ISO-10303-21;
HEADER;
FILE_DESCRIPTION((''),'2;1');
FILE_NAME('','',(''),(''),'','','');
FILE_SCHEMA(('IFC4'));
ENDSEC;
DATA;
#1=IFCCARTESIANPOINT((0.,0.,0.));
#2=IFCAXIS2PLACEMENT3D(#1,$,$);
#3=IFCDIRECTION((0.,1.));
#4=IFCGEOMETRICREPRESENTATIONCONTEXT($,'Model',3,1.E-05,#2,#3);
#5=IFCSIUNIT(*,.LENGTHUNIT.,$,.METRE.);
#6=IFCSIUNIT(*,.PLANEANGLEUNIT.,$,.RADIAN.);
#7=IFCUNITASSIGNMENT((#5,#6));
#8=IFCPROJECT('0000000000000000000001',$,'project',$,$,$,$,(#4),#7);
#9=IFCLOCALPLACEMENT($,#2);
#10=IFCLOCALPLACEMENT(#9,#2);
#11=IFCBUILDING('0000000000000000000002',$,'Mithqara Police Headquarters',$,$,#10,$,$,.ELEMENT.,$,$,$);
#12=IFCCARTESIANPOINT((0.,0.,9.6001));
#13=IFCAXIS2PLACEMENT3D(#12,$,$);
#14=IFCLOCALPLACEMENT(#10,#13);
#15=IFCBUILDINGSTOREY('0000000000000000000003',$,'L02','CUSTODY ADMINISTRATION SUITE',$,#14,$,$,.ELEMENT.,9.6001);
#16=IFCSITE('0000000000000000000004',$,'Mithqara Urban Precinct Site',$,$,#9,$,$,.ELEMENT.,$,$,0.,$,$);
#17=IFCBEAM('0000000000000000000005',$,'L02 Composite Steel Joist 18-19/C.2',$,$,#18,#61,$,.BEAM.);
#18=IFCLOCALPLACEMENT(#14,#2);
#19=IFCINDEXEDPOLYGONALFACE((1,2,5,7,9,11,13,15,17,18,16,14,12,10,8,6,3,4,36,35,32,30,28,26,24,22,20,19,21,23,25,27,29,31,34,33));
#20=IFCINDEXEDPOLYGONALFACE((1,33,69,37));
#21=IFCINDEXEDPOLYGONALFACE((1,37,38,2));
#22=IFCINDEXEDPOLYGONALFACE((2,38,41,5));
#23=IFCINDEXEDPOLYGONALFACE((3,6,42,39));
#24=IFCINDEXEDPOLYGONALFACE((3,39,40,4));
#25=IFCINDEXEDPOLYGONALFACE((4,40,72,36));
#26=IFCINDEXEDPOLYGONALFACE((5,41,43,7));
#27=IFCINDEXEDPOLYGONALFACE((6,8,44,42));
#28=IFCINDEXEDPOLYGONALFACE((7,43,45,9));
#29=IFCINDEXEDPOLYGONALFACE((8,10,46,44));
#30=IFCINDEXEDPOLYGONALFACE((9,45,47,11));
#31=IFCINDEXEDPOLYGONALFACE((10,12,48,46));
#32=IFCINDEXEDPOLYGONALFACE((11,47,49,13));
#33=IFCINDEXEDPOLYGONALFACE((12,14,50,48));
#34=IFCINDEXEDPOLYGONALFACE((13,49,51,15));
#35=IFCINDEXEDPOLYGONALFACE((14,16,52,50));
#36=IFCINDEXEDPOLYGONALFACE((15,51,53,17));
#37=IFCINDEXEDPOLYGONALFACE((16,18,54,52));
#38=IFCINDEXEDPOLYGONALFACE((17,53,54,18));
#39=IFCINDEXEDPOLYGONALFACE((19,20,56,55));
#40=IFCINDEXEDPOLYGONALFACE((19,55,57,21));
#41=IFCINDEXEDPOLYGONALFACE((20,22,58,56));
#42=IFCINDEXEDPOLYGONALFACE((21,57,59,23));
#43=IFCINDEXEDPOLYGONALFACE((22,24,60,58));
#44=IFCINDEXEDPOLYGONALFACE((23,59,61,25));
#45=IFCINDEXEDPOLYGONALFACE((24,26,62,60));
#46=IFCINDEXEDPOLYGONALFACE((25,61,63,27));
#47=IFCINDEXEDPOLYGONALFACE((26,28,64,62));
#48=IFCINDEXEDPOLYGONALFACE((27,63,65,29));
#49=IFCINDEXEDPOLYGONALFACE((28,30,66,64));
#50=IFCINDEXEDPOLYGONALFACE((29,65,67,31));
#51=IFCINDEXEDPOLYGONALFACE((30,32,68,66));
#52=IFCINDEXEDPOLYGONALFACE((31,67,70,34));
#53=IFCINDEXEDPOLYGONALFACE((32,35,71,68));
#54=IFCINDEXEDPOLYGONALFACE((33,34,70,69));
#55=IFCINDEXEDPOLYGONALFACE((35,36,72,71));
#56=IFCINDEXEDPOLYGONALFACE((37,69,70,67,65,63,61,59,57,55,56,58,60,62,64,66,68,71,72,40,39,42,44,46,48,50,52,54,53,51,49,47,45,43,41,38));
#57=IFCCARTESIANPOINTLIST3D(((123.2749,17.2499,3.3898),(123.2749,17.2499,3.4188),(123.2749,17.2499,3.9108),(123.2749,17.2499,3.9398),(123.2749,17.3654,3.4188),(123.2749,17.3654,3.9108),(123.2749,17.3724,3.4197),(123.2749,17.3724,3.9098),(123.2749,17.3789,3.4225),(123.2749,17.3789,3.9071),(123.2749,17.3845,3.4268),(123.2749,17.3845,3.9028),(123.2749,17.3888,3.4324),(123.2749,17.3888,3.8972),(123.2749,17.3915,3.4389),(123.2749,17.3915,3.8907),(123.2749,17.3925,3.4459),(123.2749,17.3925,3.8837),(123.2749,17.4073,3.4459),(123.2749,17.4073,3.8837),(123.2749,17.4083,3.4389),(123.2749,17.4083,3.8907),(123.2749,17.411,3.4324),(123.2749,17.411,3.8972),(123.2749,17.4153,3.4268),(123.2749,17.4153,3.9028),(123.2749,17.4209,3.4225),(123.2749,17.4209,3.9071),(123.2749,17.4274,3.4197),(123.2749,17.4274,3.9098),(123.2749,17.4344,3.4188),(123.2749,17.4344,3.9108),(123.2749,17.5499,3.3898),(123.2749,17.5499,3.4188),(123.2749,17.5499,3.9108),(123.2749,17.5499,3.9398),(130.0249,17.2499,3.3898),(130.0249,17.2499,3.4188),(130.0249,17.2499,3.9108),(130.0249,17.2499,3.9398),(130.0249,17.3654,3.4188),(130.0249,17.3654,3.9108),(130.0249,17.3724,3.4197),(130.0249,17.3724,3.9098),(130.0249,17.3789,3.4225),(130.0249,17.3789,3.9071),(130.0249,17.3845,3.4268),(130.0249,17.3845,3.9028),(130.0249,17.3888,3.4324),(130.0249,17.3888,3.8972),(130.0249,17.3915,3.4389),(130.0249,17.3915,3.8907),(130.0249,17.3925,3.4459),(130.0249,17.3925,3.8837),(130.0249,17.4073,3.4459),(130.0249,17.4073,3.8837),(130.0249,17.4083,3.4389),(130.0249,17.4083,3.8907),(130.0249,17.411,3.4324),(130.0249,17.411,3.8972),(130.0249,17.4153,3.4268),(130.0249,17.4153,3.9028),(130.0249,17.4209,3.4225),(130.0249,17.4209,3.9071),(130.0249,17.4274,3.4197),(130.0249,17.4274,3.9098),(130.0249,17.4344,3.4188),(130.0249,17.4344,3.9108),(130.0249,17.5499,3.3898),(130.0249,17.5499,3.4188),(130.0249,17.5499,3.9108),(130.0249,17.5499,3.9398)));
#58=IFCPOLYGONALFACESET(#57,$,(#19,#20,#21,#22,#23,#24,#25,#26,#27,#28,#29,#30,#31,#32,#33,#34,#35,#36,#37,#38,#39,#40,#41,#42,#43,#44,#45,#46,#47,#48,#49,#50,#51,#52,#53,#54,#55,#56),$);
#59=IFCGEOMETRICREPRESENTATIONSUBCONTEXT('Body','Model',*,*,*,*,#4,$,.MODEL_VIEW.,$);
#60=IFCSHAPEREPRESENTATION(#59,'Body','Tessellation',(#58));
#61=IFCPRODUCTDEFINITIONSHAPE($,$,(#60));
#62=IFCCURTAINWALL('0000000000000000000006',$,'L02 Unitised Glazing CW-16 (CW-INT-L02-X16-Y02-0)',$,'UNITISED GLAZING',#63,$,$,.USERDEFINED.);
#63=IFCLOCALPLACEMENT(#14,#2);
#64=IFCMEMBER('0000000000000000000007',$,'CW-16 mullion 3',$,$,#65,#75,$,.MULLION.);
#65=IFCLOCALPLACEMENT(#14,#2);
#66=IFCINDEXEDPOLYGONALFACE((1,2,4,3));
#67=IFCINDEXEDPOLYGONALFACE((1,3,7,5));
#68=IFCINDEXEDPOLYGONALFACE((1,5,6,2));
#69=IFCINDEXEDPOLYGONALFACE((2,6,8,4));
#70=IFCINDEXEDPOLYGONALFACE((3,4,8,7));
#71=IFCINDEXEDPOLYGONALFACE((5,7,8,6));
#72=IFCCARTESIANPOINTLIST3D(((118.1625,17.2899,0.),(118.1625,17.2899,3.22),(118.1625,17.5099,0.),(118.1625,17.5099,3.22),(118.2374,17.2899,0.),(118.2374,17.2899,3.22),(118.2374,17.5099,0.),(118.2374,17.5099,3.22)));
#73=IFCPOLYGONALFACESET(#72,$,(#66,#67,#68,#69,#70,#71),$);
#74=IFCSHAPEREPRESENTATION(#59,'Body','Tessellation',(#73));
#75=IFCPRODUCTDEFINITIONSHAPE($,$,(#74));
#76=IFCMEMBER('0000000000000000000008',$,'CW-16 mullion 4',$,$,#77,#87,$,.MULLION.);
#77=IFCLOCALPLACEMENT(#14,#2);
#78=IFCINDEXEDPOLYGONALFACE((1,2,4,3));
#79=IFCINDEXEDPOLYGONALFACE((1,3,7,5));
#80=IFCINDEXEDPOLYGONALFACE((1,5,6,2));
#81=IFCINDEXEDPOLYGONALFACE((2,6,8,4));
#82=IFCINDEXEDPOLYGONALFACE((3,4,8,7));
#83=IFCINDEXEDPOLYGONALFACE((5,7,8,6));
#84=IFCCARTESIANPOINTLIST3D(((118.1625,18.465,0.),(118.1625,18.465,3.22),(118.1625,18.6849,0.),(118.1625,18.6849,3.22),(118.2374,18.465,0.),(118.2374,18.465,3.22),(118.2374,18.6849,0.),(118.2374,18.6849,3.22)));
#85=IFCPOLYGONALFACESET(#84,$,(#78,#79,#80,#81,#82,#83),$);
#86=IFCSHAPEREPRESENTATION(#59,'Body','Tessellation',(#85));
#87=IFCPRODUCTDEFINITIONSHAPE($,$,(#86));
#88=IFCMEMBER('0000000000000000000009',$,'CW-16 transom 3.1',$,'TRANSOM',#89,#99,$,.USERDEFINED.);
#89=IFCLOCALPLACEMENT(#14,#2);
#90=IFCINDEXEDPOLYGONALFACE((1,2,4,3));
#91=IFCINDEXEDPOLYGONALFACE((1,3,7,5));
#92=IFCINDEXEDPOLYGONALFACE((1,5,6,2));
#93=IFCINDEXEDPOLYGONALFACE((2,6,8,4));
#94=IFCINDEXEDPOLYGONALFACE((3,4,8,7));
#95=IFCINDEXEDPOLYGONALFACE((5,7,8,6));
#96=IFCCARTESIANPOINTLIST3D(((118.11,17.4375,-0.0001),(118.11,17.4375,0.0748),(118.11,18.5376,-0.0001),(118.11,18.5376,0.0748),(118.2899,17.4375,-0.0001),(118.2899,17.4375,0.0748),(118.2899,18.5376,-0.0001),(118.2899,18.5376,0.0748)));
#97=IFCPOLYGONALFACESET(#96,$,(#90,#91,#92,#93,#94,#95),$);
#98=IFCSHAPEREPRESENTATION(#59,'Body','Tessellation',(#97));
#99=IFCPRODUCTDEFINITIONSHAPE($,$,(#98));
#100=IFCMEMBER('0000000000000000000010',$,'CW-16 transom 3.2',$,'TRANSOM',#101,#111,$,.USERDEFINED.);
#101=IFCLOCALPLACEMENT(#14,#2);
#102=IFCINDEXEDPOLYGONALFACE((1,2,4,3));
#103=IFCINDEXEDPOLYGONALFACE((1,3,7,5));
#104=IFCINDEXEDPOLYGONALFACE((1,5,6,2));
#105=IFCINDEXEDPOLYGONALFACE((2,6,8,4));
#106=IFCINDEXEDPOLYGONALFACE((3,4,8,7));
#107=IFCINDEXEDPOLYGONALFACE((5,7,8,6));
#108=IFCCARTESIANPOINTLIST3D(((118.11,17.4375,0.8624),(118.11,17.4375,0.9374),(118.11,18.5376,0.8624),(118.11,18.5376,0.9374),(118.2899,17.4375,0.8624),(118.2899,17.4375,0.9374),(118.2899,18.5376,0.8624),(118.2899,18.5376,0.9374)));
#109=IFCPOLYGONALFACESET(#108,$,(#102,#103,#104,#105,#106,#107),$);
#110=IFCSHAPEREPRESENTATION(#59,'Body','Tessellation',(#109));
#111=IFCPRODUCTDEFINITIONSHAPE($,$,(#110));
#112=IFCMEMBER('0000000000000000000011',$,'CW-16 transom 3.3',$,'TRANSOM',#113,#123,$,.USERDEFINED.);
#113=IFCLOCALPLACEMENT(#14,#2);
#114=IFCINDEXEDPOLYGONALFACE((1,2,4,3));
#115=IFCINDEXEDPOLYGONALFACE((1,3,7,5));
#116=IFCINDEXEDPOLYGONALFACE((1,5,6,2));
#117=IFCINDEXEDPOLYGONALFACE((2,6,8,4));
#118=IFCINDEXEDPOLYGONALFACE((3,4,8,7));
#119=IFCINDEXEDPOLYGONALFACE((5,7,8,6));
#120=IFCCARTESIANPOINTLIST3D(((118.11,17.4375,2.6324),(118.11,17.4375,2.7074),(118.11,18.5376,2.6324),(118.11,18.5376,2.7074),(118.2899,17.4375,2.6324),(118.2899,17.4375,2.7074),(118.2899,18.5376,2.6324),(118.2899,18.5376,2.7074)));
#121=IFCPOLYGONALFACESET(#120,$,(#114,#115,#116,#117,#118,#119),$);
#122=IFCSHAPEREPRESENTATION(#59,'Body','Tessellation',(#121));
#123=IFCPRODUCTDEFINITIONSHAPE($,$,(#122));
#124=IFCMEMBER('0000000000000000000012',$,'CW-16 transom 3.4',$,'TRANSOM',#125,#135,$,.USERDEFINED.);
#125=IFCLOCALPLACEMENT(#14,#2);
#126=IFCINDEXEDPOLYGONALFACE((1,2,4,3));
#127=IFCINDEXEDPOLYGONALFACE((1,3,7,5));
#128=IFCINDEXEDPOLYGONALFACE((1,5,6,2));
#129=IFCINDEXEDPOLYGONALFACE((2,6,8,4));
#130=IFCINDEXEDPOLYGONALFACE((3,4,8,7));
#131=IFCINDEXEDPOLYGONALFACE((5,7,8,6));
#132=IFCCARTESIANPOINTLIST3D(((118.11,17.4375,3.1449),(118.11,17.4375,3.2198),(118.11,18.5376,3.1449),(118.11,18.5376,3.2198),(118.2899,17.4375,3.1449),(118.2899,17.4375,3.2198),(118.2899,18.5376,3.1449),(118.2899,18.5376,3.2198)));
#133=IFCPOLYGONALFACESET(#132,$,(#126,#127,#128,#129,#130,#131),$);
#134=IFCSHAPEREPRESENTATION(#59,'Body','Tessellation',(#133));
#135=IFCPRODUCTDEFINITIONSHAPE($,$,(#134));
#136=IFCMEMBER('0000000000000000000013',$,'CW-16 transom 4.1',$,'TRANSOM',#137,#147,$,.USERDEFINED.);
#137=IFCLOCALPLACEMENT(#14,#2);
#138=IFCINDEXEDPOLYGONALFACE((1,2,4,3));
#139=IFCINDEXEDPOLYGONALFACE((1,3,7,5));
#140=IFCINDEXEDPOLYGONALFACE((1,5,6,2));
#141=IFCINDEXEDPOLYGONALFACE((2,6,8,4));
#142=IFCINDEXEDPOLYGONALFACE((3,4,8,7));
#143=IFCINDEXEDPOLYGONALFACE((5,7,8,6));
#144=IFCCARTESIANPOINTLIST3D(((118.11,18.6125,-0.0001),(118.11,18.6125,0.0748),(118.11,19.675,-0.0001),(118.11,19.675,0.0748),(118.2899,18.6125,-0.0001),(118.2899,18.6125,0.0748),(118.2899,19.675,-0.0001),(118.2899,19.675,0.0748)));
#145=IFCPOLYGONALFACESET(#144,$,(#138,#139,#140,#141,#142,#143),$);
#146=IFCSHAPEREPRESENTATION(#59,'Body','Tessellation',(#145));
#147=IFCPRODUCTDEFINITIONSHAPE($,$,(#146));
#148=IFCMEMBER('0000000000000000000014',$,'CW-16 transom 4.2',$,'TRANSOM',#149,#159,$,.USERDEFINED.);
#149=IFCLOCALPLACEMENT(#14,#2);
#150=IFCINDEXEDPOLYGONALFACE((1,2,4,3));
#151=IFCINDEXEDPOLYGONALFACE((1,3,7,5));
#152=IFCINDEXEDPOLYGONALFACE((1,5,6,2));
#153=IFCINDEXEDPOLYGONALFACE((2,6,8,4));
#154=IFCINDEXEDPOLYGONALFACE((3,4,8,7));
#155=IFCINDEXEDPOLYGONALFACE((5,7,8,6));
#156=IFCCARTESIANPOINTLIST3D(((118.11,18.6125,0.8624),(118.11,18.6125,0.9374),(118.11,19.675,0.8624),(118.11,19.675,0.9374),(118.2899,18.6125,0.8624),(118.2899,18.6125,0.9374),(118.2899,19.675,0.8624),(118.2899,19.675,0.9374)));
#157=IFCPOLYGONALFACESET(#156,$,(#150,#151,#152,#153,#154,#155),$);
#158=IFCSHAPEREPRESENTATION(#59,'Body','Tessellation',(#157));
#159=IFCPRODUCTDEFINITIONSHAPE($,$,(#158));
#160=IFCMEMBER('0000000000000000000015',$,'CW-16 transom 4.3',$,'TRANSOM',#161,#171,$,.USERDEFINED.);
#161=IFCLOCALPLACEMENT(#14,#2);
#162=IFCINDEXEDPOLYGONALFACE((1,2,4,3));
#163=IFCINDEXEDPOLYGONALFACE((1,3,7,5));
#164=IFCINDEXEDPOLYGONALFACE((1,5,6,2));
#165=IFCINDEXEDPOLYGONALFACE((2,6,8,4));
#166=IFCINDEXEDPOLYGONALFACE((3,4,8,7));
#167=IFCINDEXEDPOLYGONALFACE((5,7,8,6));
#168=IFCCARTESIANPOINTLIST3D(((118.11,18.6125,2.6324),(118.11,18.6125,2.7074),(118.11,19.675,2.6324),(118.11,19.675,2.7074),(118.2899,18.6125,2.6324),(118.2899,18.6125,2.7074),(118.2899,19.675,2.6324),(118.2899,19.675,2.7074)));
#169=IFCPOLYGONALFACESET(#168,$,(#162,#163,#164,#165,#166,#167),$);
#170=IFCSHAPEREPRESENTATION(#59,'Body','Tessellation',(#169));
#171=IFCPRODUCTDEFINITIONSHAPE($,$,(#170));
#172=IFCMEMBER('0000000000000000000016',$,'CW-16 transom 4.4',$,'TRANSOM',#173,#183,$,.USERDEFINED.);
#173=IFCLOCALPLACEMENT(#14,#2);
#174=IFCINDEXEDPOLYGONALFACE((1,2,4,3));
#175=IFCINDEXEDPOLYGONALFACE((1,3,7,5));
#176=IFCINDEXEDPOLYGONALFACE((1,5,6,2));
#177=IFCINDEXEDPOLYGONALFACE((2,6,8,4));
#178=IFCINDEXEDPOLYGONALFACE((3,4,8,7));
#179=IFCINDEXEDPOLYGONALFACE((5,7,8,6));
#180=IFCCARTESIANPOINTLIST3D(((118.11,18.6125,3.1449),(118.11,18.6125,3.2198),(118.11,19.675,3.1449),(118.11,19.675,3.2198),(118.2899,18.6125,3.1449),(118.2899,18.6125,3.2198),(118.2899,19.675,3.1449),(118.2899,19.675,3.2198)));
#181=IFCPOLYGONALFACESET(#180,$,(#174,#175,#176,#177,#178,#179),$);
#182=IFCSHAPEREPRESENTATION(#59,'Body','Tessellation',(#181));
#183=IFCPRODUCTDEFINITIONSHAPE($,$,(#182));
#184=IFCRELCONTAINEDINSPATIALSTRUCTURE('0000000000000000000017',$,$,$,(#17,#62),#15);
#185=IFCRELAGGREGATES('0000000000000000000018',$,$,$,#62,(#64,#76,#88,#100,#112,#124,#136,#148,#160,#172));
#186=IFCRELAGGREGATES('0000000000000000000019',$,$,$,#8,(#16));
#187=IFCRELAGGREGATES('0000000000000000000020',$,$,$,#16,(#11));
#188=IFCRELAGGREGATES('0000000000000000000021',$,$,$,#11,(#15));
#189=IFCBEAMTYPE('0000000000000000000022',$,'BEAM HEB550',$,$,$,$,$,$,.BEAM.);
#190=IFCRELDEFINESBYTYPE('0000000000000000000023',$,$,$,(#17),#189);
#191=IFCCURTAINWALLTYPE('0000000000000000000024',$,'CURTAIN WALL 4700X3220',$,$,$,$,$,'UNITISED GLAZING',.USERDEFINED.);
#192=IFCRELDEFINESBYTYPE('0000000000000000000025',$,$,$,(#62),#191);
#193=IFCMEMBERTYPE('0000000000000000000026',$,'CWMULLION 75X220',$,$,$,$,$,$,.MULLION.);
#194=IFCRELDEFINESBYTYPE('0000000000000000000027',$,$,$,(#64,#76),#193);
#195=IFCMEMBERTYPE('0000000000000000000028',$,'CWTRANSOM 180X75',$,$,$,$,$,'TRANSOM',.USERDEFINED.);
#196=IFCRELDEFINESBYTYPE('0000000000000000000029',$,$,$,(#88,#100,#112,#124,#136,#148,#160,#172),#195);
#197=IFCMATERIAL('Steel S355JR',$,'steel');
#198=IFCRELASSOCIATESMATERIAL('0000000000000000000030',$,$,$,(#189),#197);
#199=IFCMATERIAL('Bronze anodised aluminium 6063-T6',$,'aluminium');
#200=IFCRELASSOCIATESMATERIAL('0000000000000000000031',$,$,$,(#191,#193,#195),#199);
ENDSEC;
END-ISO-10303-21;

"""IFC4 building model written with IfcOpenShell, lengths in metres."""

from ifc_helpers import new_model, si_unit, direction, frame, origin, origin_2d, place, context, subcontext, project, spatial, rectangle, i_section, extrude, material, material_profile, profile_set, type_object, element, aggregate, save


model = new_model("IFC4")

# Units and contexts
model_context = context("Model", 3, precision=1e-05, world=origin(), true_north=direction((0.0, 1.0)))
body_context = subcontext(model_context, "Body", "Model", "MODEL_VIEW")
ifc_project = project(units=[si_unit("LENGTHUNIT", "METRE"), si_unit("PLANEANGLEUNIT", "RADIAN")], contexts=[model_context])

# Site, building, storey
site_placement = place(None, origin())
site = spatial("IfcSite", under=ifc_project, at=site_placement, Name="Mithqara Urban Precinct Site", CompositionType="ELEMENT", RefElevation=0.0)
building_placement = place(site_placement, origin())
building = spatial("IfcBuilding", under=site, at=building_placement, Name="Mithqara Police Headquarters", CompositionType="ELEMENT")
storey_placement = place(building_placement, frame((0.0, 0.0, 9.6001)))
storey = spatial("IfcBuildingStorey", under=building, at=storey_placement, Name="L02", Description="CUSTODY ADMINISTRATION SUITE", CompositionType="ELEMENT", Elevation=9.6001)

# Beam
ifc_material_1 = material(Name="Steel S355JR", Category="steel")
ifc_material_profile_1 = material_profile(ifc_material_1, i_section(OverallWidth=0.3, OverallDepth=0.55, WebThickness=0.0149, FlangeThickness=0.0291, FilletRadius=0.0271, at=origin_2d()), Name="HEB 550")
ifc_profile_set_1 = profile_set([ifc_material_profile_1], Name="Steel S355JR")
beam_type = type_object("IfcBeamType", Name="BEAM HEB550", PredefinedType="BEAM", material=ifc_profile_set_1)
beam_placement = place(storey_placement, frame((123.2749, 17.3999, 3.6648), z_axis=(1.0, 0.0, 0.0), x_axis=(0.0, 1.0, 0.0)))
element("IfcBeam", 1, at=beam_placement, inside=storey, type_object=beam_type, Name="L02 Composite Steel Joist 18-19/C.2", PredefinedType="BEAM", context=body_context, shape_type="SweptSolid", body=[
    extrude(i_section(OverallWidth=0.3, OverallDepth=0.55, WebThickness=0.0149, FlangeThickness=0.0291, FilletRadius=0.0271, at=origin_2d()), origin(), (0.0, 0.0, 1.0), 6.75),
])

# Curtain wall, members
ifc_material_2 = material(Name="Bronze anodised aluminium 6063-T6", Category="aluminium")
curtain_wall_type = type_object("IfcCurtainWallType", Name="CURTAIN WALL 4700X3220", ElementType="UNITISED GLAZING", PredefinedType="USERDEFINED", material=ifc_material_2)
curtain_wall_placement = place(storey_placement, origin())
curtain_wall = element("IfcCurtainWall", 2, at=curtain_wall_placement, inside=storey, type_object=curtain_wall_type, Name="L02 Unitised Glazing CW-16 (CW-INT-L02-X16-Y02-0)", ObjectType="UNITISED GLAZING", PredefinedType="USERDEFINED")
ifc_material_profile_2 = material_profile(ifc_material_2, rectangle(XDim=0.075, YDim=0.22, at=origin_2d()), Name="CWM 75x220")
ifc_profile_set_2 = profile_set([ifc_material_profile_2], Name="Bronze anodised aluminium 6063-T6")
member_type_1 = type_object("IfcMemberType", Name="CWMULLION 75X220", PredefinedType="MULLION", material=ifc_profile_set_2)
member_1_placement = place(storey_placement, frame((118.2, 17.3999, 0.0), z_axis=(0.0, 0.0, 1.0), x_axis=(-1.0, 0.0, 0.0)))
member_1 = element("IfcMember", 3, at=member_1_placement, type_object=member_type_1, Name="CW-16 mullion 3", PredefinedType="MULLION", context=body_context, shape_type="SweptSolid", body=[
    extrude(rectangle(XDim=0.075, YDim=0.22, at=origin_2d()), origin(), (0.0, 0.0, 1.0), 3.22),
])
member_2_placement = place(storey_placement, frame((118.2, 18.575, 0.0), z_axis=(0.0, 0.0, 1.0), x_axis=(-1.0, 0.0, 0.0)))
member_2 = element("IfcMember", 4, at=member_2_placement, type_object=member_type_1, Name="CW-16 mullion 4", PredefinedType="MULLION", context=body_context, shape_type="SweptSolid", body=[
    extrude(rectangle(XDim=0.075, YDim=0.22, at=origin_2d()), origin(), (0.0, 0.0, 1.0), 3.22),
])
ifc_material_profile_3 = material_profile(ifc_material_2, rectangle(XDim=0.1799, YDim=0.075, at=origin_2d()), Name="CWT 180x75")
ifc_profile_set_3 = profile_set([ifc_material_profile_3], Name="Bronze anodised aluminium 6063-T6")
member_type_2 = type_object("IfcMemberType", Name="CWTRANSOM 180X75", ElementType="TRANSOM", PredefinedType="USERDEFINED", material=ifc_profile_set_3)
member_3_placement = place(storey_placement, frame((118.2, 17.4375, 0.0374), z_axis=(0.0, 1.0, 0.0), x_axis=(-1.0, 0.0, 0.0)))
member_3 = element("IfcMember", 5, at=member_3_placement, type_object=member_type_2, Name="CW-16 transom 3.1", ObjectType="TRANSOM", PredefinedType="USERDEFINED", context=body_context, shape_type="SweptSolid", body=[
    extrude(rectangle(XDim=0.1799, YDim=0.075, at=origin_2d()), origin(), (0.0, 0.0, 1.0), 1.1001),
])
member_4_placement = place(storey_placement, frame((118.2, 17.4375, 0.8999), z_axis=(0.0, 1.0, 0.0), x_axis=(-1.0, 0.0, 0.0)))
member_4 = element("IfcMember", 6, at=member_4_placement, type_object=member_type_2, Name="CW-16 transom 3.2", ObjectType="TRANSOM", PredefinedType="USERDEFINED", context=body_context, shape_type="SweptSolid", body=[
    extrude(rectangle(XDim=0.1799, YDim=0.075, at=origin_2d()), origin(), (0.0, 0.0, 1.0), 1.1001),
])
member_5_placement = place(storey_placement, frame((118.2, 17.4375, 2.6699), z_axis=(0.0, 1.0, 0.0), x_axis=(-1.0, 0.0, 0.0)))
member_5 = element("IfcMember", 7, at=member_5_placement, type_object=member_type_2, Name="CW-16 transom 3.3", ObjectType="TRANSOM", PredefinedType="USERDEFINED", context=body_context, shape_type="SweptSolid", body=[
    extrude(rectangle(XDim=0.1799, YDim=0.075, at=origin_2d()), origin(), (0.0, 0.0, 1.0), 1.1001),
])
member_6_placement = place(storey_placement, frame((118.2, 17.4375, 3.1824), z_axis=(0.0, 1.0, 0.0), x_axis=(-1.0, 0.0, 0.0)))
member_6 = element("IfcMember", 8, at=member_6_placement, type_object=member_type_2, Name="CW-16 transom 3.4", ObjectType="TRANSOM", PredefinedType="USERDEFINED", context=body_context, shape_type="SweptSolid", body=[
    extrude(rectangle(XDim=0.1799, YDim=0.075, at=origin_2d()), origin(), (0.0, 0.0, 1.0), 1.1001),
])
member_7_placement = place(storey_placement, frame((118.2, 18.6125, 0.0374), z_axis=(0.0, 1.0, 0.0), x_axis=(-1.0, 0.0, 0.0)))
member_7 = element("IfcMember", 9, at=member_7_placement, type_object=member_type_2, Name="CW-16 transom 4.1", ObjectType="TRANSOM", PredefinedType="USERDEFINED", context=body_context, shape_type="SweptSolid", body=[
    extrude(rectangle(XDim=0.1799, YDim=0.075, at=origin_2d()), origin(), (0.0, 0.0, 1.0), 1.0625),
])
member_8_placement = place(storey_placement, frame((118.2, 18.6125, 0.8999), z_axis=(0.0, 1.0, 0.0), x_axis=(-1.0, 0.0, 0.0)))
member_8 = element("IfcMember", 10, at=member_8_placement, type_object=member_type_2, Name="CW-16 transom 4.2", ObjectType="TRANSOM", PredefinedType="USERDEFINED", context=body_context, shape_type="SweptSolid", body=[
    extrude(rectangle(XDim=0.1799, YDim=0.075, at=origin_2d()), origin(), (0.0, 0.0, 1.0), 1.0625),
])
member_9_placement = place(storey_placement, frame((118.2, 18.6125, 2.6699), z_axis=(0.0, 1.0, 0.0), x_axis=(-1.0, 0.0, 0.0)))
member_9 = element("IfcMember", 11, at=member_9_placement, type_object=member_type_2, Name="CW-16 transom 4.3", ObjectType="TRANSOM", PredefinedType="USERDEFINED", context=body_context, shape_type="SweptSolid", body=[
    extrude(rectangle(XDim=0.1799, YDim=0.075, at=origin_2d()), origin(), (0.0, 0.0, 1.0), 1.0625),
])
member_10_placement = place(storey_placement, frame((118.2, 18.6125, 3.1824), z_axis=(0.0, 1.0, 0.0), x_axis=(-1.0, 0.0, 0.0)))
member_10 = element("IfcMember", 12, at=member_10_placement, type_object=member_type_2, Name="CW-16 transom 4.4", ObjectType="TRANSOM", PredefinedType="USERDEFINED", context=body_context, shape_type="SweptSolid", body=[
    extrude(rectangle(XDim=0.1799, YDim=0.075, at=origin_2d()), origin(), (0.0, 0.0, 1.0), 1.0625),
])
aggregate(curtain_wall, [member_1, member_2, member_3, member_4, member_5, member_6, member_7, member_8, member_9, member_10])

save(model, "model.ifc")
